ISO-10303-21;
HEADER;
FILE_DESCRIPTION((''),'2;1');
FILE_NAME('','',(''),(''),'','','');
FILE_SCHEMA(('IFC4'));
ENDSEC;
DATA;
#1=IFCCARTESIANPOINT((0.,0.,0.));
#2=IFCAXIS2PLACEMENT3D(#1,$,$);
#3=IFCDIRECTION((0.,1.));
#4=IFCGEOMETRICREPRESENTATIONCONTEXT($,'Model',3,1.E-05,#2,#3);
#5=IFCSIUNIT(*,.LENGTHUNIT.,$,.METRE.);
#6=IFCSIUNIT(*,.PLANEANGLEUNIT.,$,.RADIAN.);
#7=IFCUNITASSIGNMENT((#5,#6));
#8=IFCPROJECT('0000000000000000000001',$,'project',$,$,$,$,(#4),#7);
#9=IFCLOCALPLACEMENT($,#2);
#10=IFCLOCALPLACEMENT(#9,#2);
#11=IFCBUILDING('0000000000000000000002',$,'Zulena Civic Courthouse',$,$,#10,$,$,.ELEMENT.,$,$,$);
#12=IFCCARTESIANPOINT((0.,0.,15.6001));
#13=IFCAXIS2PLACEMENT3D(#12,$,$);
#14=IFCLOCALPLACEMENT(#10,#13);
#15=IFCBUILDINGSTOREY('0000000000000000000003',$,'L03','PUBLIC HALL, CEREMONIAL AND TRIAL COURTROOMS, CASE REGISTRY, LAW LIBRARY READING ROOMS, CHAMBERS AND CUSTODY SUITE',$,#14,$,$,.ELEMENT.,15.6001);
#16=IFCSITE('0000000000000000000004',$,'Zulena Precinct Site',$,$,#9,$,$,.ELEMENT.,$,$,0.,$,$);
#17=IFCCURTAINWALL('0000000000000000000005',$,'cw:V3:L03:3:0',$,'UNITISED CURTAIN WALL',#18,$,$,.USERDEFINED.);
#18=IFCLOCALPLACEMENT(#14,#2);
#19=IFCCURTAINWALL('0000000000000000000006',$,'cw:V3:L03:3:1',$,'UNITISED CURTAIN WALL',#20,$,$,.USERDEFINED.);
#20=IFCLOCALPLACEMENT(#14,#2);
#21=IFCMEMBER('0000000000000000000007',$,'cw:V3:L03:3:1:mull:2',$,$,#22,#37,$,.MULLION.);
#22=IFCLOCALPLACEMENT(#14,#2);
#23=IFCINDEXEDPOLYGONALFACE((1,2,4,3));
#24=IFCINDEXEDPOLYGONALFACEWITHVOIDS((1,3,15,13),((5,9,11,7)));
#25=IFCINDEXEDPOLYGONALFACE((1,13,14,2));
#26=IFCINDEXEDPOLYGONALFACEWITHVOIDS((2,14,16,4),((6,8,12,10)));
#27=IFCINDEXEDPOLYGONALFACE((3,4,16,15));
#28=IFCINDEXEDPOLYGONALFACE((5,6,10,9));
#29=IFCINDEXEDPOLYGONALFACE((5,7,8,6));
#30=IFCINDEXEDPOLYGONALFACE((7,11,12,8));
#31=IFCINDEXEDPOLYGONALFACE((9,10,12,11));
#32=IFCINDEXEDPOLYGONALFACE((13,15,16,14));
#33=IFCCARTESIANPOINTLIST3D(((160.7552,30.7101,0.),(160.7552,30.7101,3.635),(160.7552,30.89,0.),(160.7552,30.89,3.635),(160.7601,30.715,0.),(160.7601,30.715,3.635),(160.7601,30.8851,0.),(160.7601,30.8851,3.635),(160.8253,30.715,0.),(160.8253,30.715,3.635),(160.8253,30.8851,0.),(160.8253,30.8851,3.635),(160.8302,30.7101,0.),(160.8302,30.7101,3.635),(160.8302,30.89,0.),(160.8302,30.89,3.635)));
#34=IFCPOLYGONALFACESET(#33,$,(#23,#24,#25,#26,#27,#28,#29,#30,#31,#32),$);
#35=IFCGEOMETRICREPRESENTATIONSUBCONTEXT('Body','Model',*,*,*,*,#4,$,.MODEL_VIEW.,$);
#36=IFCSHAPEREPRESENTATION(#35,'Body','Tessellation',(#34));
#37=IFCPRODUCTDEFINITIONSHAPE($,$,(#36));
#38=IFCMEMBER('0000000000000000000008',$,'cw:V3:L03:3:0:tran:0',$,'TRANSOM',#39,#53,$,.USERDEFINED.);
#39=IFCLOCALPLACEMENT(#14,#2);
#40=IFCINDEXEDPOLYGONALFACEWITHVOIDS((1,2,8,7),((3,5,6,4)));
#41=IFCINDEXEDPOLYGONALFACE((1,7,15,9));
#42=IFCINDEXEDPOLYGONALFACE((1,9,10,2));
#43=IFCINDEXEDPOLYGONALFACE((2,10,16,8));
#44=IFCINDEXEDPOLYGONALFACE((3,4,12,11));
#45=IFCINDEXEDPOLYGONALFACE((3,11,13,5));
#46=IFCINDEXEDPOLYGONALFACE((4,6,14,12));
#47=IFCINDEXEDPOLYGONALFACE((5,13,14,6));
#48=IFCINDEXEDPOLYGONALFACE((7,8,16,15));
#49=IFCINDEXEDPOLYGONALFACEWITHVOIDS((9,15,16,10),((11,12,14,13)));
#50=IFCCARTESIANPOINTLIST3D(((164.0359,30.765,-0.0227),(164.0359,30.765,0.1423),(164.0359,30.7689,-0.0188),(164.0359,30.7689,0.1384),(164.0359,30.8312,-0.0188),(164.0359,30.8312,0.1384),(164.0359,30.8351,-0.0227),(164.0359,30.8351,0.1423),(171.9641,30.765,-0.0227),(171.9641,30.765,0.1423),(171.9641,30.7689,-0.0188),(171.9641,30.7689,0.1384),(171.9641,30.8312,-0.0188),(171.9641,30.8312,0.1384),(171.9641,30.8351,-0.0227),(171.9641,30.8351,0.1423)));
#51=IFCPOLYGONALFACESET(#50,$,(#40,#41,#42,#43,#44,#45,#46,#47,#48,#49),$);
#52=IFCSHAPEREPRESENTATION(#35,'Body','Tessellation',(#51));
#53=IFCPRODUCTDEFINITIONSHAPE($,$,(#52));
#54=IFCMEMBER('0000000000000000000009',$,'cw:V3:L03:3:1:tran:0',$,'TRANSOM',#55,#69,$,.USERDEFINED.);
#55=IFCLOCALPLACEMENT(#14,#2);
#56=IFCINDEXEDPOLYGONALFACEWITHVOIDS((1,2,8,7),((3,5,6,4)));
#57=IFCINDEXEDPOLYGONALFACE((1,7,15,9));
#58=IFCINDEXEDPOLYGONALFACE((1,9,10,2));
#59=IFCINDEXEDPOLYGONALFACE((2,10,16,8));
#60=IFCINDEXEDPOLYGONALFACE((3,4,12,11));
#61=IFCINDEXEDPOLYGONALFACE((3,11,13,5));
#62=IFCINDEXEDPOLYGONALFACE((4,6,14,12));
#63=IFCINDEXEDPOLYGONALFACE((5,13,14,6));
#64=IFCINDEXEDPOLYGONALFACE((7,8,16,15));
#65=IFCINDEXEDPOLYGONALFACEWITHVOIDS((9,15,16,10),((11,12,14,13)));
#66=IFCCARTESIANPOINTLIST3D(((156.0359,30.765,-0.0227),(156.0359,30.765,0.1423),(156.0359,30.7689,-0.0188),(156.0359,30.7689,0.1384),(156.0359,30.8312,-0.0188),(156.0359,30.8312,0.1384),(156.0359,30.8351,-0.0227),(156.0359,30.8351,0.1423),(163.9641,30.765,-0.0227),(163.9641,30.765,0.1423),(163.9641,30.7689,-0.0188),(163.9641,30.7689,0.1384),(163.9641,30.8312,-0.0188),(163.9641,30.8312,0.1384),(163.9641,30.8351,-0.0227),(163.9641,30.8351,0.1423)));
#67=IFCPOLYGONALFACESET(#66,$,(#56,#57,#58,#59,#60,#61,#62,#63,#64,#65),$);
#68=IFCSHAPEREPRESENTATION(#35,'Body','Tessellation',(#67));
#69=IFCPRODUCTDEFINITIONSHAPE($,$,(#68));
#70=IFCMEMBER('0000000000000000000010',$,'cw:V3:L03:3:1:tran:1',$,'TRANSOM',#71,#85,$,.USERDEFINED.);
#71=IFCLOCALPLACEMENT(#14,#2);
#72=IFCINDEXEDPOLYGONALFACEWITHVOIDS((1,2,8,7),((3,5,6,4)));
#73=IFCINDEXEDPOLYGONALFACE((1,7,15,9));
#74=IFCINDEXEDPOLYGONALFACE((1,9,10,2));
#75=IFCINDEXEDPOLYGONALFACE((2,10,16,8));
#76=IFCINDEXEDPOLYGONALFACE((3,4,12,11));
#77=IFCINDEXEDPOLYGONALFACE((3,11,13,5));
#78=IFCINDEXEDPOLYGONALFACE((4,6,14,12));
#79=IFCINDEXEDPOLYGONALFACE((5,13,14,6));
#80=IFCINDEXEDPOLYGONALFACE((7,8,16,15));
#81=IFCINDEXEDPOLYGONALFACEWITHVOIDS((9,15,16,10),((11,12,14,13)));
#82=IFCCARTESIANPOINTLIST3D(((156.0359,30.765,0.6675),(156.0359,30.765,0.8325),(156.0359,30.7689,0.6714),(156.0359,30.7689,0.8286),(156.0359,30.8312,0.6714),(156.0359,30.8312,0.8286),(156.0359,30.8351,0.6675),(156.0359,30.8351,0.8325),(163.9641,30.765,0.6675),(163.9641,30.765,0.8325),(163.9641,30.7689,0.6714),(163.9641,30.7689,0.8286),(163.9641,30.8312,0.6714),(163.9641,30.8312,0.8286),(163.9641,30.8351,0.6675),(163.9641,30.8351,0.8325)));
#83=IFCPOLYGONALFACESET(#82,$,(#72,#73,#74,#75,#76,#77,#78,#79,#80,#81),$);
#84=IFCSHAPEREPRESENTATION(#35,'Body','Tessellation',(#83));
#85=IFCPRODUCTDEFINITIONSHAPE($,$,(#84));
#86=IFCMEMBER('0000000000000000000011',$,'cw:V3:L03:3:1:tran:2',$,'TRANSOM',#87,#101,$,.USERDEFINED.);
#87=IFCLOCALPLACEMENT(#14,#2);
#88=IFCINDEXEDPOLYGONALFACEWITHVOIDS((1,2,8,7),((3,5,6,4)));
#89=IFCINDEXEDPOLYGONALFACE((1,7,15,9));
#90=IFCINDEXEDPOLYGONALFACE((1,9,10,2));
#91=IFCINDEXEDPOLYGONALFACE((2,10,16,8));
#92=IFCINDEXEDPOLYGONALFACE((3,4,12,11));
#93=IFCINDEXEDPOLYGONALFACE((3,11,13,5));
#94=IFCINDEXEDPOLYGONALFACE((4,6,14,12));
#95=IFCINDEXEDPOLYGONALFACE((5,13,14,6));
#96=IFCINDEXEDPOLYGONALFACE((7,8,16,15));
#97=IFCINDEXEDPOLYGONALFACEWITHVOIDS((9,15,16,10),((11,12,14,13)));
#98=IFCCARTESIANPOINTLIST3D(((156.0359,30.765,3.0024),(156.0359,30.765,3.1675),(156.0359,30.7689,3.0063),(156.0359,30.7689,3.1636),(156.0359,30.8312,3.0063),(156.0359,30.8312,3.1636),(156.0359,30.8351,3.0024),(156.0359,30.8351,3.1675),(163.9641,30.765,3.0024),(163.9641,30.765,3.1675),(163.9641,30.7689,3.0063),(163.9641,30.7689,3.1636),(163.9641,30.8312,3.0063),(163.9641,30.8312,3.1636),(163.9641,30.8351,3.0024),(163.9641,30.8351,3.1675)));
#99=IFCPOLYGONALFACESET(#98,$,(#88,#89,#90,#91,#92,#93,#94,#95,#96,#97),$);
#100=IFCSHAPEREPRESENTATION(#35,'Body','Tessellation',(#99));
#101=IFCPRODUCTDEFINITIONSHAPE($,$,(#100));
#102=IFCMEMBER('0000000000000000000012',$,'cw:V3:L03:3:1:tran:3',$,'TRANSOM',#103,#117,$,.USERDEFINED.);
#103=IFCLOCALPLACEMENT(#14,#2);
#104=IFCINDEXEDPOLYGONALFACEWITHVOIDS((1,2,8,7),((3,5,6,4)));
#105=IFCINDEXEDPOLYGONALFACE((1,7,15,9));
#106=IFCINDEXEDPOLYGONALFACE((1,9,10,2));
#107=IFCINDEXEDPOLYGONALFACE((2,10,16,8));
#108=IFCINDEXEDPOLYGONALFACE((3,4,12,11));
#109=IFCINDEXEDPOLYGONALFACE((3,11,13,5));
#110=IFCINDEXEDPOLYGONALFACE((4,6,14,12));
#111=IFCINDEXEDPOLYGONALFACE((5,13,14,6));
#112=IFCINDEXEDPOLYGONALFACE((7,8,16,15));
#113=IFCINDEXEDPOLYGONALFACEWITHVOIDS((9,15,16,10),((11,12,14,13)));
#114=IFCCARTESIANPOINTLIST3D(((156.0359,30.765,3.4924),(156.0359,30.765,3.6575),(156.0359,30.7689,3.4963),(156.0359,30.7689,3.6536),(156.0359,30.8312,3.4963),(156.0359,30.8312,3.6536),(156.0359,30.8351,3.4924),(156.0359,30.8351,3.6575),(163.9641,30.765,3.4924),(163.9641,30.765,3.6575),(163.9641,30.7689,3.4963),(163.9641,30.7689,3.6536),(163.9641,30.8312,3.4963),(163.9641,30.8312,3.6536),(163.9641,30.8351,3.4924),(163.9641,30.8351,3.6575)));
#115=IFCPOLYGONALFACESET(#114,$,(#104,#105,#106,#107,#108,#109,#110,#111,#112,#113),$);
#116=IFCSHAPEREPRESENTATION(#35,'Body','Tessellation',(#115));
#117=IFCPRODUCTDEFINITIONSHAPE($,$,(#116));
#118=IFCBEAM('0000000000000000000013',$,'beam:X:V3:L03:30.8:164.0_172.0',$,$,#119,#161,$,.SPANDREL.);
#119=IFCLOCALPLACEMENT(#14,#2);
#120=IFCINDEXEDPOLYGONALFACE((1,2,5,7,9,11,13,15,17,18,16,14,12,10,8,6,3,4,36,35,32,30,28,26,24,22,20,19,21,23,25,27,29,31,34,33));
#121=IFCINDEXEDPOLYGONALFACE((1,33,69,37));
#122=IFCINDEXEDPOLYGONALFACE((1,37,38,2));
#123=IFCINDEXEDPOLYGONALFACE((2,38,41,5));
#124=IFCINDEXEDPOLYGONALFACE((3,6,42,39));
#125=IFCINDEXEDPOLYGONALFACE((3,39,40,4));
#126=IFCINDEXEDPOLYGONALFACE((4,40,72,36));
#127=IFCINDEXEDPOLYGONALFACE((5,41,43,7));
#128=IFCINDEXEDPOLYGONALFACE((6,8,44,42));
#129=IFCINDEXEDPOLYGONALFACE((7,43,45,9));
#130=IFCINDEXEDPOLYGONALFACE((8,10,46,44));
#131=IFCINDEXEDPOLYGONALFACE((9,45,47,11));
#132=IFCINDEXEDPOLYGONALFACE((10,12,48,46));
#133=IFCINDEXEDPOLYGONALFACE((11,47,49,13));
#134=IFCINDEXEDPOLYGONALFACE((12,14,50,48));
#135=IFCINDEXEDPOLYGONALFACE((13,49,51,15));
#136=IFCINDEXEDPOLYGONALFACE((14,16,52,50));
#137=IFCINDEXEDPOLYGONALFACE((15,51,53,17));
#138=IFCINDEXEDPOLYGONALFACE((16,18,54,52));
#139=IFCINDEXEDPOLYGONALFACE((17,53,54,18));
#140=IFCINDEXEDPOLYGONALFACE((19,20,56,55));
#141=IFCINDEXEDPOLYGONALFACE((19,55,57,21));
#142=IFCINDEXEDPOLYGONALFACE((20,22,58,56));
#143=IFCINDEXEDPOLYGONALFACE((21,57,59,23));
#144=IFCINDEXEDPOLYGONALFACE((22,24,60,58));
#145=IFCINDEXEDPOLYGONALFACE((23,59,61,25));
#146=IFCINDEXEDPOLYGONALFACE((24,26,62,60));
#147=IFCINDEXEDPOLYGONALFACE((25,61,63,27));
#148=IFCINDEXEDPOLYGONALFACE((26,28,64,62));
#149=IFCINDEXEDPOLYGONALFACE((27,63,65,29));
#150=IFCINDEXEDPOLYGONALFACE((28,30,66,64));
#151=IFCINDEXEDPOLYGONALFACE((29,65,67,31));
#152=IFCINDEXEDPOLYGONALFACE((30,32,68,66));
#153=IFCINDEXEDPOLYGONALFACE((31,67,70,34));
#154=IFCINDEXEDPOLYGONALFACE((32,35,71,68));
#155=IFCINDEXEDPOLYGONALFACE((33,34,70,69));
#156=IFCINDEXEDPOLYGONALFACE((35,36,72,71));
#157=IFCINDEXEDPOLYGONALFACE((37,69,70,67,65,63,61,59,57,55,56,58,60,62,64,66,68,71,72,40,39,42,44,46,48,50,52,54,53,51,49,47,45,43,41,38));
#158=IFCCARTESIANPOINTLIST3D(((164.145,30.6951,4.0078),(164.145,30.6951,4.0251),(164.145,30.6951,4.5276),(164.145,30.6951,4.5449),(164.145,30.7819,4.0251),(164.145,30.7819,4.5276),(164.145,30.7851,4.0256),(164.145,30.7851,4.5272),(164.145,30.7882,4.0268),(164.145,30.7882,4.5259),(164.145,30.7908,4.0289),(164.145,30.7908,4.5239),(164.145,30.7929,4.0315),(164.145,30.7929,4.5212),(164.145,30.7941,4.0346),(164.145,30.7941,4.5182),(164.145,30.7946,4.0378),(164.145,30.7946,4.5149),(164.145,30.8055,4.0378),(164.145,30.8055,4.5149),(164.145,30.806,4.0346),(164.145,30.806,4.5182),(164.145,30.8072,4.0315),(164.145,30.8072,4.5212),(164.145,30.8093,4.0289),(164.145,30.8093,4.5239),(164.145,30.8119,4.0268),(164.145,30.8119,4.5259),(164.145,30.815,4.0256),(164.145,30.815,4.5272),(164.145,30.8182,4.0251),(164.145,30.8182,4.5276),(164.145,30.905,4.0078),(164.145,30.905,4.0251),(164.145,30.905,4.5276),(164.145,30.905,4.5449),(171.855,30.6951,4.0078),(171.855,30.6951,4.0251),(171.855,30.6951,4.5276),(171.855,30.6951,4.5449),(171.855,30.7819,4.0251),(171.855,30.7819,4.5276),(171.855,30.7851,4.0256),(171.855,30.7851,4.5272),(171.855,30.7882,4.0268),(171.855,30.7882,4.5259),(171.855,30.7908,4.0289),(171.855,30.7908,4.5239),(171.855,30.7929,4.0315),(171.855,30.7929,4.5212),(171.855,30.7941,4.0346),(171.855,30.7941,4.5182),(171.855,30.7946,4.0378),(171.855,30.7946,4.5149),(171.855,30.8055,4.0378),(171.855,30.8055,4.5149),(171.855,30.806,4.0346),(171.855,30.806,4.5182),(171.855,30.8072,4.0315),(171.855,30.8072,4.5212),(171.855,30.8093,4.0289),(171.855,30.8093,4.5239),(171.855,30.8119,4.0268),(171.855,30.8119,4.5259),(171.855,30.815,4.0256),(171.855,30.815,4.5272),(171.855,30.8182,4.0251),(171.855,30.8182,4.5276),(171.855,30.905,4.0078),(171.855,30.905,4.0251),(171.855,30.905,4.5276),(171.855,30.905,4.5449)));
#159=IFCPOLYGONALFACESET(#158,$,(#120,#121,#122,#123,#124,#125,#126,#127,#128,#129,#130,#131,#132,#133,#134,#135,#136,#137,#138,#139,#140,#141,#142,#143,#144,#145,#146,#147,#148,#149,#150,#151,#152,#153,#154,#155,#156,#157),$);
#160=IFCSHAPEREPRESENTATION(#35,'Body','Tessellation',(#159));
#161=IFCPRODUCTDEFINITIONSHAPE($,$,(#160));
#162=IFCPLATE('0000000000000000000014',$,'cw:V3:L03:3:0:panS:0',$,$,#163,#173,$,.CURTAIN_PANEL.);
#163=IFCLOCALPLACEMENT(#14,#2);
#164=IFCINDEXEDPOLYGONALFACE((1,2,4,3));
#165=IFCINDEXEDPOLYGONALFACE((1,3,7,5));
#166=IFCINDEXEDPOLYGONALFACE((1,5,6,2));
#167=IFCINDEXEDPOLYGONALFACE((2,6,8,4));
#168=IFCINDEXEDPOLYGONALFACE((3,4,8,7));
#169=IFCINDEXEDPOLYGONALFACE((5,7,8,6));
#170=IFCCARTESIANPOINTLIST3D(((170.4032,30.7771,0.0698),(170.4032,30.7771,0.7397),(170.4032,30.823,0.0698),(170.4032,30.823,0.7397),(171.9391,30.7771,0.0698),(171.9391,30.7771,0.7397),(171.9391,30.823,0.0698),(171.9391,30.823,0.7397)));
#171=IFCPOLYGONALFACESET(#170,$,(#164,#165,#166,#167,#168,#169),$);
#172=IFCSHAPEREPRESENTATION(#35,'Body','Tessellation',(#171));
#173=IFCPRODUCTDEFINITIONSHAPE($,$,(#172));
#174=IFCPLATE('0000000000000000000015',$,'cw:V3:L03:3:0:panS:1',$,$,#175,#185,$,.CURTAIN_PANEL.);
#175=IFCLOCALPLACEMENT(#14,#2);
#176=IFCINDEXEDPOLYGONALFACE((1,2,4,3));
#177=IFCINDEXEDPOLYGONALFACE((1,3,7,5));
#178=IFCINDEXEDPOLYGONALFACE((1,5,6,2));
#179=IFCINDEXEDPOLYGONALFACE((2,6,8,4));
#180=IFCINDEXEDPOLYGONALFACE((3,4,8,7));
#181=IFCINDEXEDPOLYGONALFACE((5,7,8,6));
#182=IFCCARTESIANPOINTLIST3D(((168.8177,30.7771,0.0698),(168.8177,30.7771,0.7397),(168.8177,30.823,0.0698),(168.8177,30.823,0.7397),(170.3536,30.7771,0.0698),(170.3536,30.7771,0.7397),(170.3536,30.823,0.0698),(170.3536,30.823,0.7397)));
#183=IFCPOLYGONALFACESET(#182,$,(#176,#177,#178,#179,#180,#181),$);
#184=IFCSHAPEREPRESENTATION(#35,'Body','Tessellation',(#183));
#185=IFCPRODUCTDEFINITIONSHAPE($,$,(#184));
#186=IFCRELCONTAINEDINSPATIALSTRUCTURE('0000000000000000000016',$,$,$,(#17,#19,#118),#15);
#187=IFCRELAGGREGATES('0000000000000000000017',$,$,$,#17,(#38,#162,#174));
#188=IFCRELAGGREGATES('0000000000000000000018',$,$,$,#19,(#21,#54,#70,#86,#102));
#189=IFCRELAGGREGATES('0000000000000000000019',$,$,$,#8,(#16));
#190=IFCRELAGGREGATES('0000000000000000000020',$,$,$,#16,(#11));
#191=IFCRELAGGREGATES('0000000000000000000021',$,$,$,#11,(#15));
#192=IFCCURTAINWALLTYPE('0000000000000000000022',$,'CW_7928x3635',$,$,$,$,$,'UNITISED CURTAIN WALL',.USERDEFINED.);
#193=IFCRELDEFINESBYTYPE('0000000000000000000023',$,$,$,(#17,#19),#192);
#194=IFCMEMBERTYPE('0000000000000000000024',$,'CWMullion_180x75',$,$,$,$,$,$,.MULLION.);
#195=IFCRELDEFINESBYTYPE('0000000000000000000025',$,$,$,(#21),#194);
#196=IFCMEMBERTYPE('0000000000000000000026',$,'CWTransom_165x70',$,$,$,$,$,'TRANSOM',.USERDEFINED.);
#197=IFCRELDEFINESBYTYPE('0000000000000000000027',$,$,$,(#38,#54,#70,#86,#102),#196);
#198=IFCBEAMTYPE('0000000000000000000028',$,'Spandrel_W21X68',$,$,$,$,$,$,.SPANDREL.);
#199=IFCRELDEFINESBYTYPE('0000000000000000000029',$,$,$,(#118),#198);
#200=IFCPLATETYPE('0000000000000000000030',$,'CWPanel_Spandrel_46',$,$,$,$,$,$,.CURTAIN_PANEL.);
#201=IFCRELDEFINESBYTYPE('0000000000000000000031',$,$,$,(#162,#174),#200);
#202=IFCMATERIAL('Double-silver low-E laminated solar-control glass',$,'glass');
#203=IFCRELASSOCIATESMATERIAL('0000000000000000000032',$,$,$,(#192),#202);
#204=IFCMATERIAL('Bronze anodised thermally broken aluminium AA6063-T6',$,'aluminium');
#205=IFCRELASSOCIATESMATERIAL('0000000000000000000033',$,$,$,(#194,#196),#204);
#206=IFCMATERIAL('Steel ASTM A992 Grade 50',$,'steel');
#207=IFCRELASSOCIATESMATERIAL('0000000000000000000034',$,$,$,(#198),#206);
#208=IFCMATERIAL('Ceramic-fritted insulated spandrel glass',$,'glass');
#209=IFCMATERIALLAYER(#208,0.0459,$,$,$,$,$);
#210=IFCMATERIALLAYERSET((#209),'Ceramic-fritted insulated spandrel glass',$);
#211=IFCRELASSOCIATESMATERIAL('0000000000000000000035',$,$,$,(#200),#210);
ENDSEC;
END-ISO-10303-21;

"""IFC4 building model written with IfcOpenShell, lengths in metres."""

from ifc_helpers import new_model, si_unit, direction, frame, origin, origin_2d, place, context, subcontext, project, spatial, rectangle, hollow_rectangle, i_section, extrude, material, layer, layer_set, material_profile, profile_set, type_object, element, aggregate, save


model = new_model("IFC4")

# Units and contexts
model_context = context("Model", 3, precision=1e-05, world=origin(), true_north=direction((0.0, 1.0)))
body_context = subcontext(model_context, "Body", "Model", "MODEL_VIEW")
ifc_project = project(units=[si_unit("LENGTHUNIT", "METRE"), si_unit("PLANEANGLEUNIT", "RADIAN")], contexts=[model_context])

# Site, building, storey
site_placement = place(None, origin())
site = spatial("IfcSite", under=ifc_project, at=site_placement, Name="Zulena Precinct Site", CompositionType="ELEMENT", RefElevation=0.0)
building_placement = place(site_placement, origin())
building = spatial("IfcBuilding", under=site, at=building_placement, Name="Zulena Civic Courthouse", CompositionType="ELEMENT")
storey_placement = place(building_placement, frame((0.0, 0.0, 15.6001)))
storey = spatial("IfcBuildingStorey", under=building, at=storey_placement, Name="L03", Description="PUBLIC HALL, CEREMONIAL AND TRIAL COURTROOMS, CASE REGISTRY, LAW LIBRARY READING ROOMS, CHAMBERS AND CUSTODY SUITE", CompositionType="ELEMENT", Elevation=15.6001)

# Shared definitions
ifc_material_1 = material(Name="Steel ASTM A992 Grade 50", Category="steel")

# Curtain walls, member
ifc_material_2 = material(Name="Double-silver low-E laminated solar-control glass", Category="glass")
curtain_wall_type = type_object("IfcCurtainWallType", Name="CW_7928x3635", ElementType="UNITISED CURTAIN WALL", PredefinedType="USERDEFINED", material=ifc_material_2)
curtain_wall_1_placement = place(storey_placement, origin())
curtain_wall_1 = element("IfcCurtainWall", 1, at=curtain_wall_1_placement, inside=storey, type_object=curtain_wall_type, Name="cw:V3:L03:3:0", ObjectType="UNITISED CURTAIN WALL", PredefinedType="USERDEFINED")
ifc_material_3 = material(Name="Bronze anodised thermally broken aluminium AA6063-T6", Category="aluminium")
ifc_material_profile_1 = material_profile(ifc_material_3, hollow_rectangle(XDim=0.075, YDim=0.1799, WallThickness=0.0049, at=origin_2d()), Name="CWM180X75X5")
ifc_profile_set_1 = profile_set([ifc_material_profile_1], Name="Bronze anodised thermally broken aluminium AA6063-T6")
member_type_1 = type_object("IfcMemberType", Name="CWMullion_180x75", PredefinedType="MULLION", material=ifc_profile_set_1)
curtain_wall_2_placement = place(storey_placement, origin())
curtain_wall_2 = element("IfcCurtainWall", 2, at=curtain_wall_2_placement, inside=storey, type_object=curtain_wall_type, Name="cw:V3:L03:3:1", ObjectType="UNITISED CURTAIN WALL", PredefinedType="USERDEFINED")
member_1_placement = place(storey_placement, frame((160.7927, 30.8, 0.0), z_axis=(0.0, 0.0, 1.0), x_axis=(1.0, 0.0, 0.0)))
member_1 = element("IfcMember", 3, at=member_1_placement, type_object=member_type_1, Name="cw:V3:L03:3:1:mull:2", PredefinedType="MULLION", context=body_context, shape_type="SweptSolid", body=[
    extrude(hollow_rectangle(XDim=0.075, YDim=0.1799, WallThickness=0.0049, at=origin_2d()), origin(), (0.0, 0.0, 1.0), 3.635),
])

# Members
ifc_material_profile_2 = material_profile(ifc_material_3, hollow_rectangle(XDim=0.0701, YDim=0.165, WallThickness=0.0039, at=origin_2d()), Name="CWT165X70X4")
ifc_profile_set_2 = profile_set([ifc_material_profile_2], Name="Bronze anodised thermally broken aluminium AA6063-T6")
member_type_2 = type_object("IfcMemberType", Name="CWTransom_165x70", ElementType="TRANSOM", PredefinedType="USERDEFINED", material=ifc_profile_set_2)
member_2_placement = place(storey_placement, frame((171.9641, 30.8, 0.0598), z_axis=(-1.0, 0.0, 0.0), x_axis=(0.0, -1.0, 0.0)))
member_2 = element("IfcMember", 4, at=member_2_placement, type_object=member_type_2, Name="cw:V3:L03:3:0:tran:0", ObjectType="TRANSOM", PredefinedType="USERDEFINED", context=body_context, shape_type="SweptSolid", body=[
    extrude(hollow_rectangle(XDim=0.0701, YDim=0.165, WallThickness=0.0039, at=origin_2d()), origin(), (0.0, 0.0, 1.0), 7.9282),
])
member_3_placement = place(storey_placement, frame((163.9641, 30.8, 0.0598), z_axis=(-1.0, 0.0, 0.0), x_axis=(0.0, -1.0, 0.0)))
member_3 = element("IfcMember", 5, at=member_3_placement, type_object=member_type_2, Name="cw:V3:L03:3:1:tran:0", ObjectType="TRANSOM", PredefinedType="USERDEFINED", context=body_context, shape_type="SweptSolid", body=[
    extrude(hollow_rectangle(XDim=0.0701, YDim=0.165, WallThickness=0.0039, at=origin_2d()), origin(), (0.0, 0.0, 1.0), 7.9282),
])
member_4_placement = place(storey_placement, frame((163.9641, 30.8, 0.75), z_axis=(-1.0, 0.0, 0.0), x_axis=(0.0, -1.0, 0.0)))
member_4 = element("IfcMember", 6, at=member_4_placement, type_object=member_type_2, Name="cw:V3:L03:3:1:tran:1", ObjectType="TRANSOM", PredefinedType="USERDEFINED", context=body_context, shape_type="SweptSolid", body=[
    extrude(hollow_rectangle(XDim=0.0701, YDim=0.165, WallThickness=0.0039, at=origin_2d()), origin(), (0.0, 0.0, 1.0), 7.9282),
])
member_5_placement = place(storey_placement, frame((163.9641, 30.8, 3.085), z_axis=(-1.0, 0.0, 0.0), x_axis=(0.0, -1.0, 0.0)))
member_5 = element("IfcMember", 7, at=member_5_placement, type_object=member_type_2, Name="cw:V3:L03:3:1:tran:2", ObjectType="TRANSOM", PredefinedType="USERDEFINED", context=body_context, shape_type="SweptSolid", body=[
    extrude(hollow_rectangle(XDim=0.0701, YDim=0.165, WallThickness=0.0039, at=origin_2d()), origin(), (0.0, 0.0, 1.0), 7.9282),
])
member_6_placement = place(storey_placement, frame((163.9641, 30.8, 3.575), z_axis=(-1.0, 0.0, 0.0), x_axis=(0.0, -1.0, 0.0)))
member_6 = element("IfcMember", 8, at=member_6_placement, type_object=member_type_2, Name="cw:V3:L03:3:1:tran:3", ObjectType="TRANSOM", PredefinedType="USERDEFINED", context=body_context, shape_type="SweptSolid", body=[
    extrude(hollow_rectangle(XDim=0.0701, YDim=0.165, WallThickness=0.0039, at=origin_2d()), origin(), (0.0, 0.0, 1.0), 7.9282),
])

# Beam
ifc_material_profile_3 = material_profile(ifc_material_1, i_section(OverallWidth=0.21, OverallDepth=0.5371, WebThickness=0.011, FlangeThickness=0.0173, FilletRadius=0.0127, at=origin_2d()), Name="W21X68")
ifc_profile_set_3 = profile_set([ifc_material_profile_3], Name="Steel ASTM A992 Grade 50")
beam_type = type_object("IfcBeamType", Name="Spandrel_W21X68", PredefinedType="SPANDREL", material=ifc_profile_set_3)
beam_placement = place(storey_placement, frame((164.145, 30.8, 4.2764), z_axis=(1.0, 0.0, 0.0), x_axis=(0.0, 1.0, 0.0)))
element("IfcBeam", 9, at=beam_placement, inside=storey, type_object=beam_type, Name="beam:X:V3:L03:30.8:164.0_172.0", PredefinedType="SPANDREL", context=body_context, shape_type="SweptSolid", body=[
    extrude(i_section(OverallWidth=0.21, OverallDepth=0.5371, WebThickness=0.011, FlangeThickness=0.0173, FilletRadius=0.0127, at=origin_2d()), origin(), (0.0, 0.0, 1.0), 7.71),
])

# Plates
ifc_material_4 = material(Name="Ceramic-fritted insulated spandrel glass", Category="glass")
ifc_layer_1 = layer(ifc_material_4, 0.0459)
ifc_layer_set_1 = layer_set([ifc_layer_1], Name="Ceramic-fritted insulated spandrel glass")
plate_type_1 = type_object("IfcPlateType", Name="CWPanel_Spandrel_46", PredefinedType="CURTAIN_PANEL", material=ifc_layer_set_1)
plate_1_placement = place(storey_placement, frame((171.1711, 30.8, 0.0698), z_axis=(0.0, 0.0, 1.0), x_axis=(-1.0, 0.0, 0.0)))
plate_1 = element("IfcPlate", 10, at=plate_1_placement, type_object=plate_type_1, Name="cw:V3:L03:3:0:panS:0", PredefinedType="CURTAIN_PANEL", context=body_context, shape_type="SweptSolid", body=[
    extrude(rectangle(XDim=1.5359, YDim=0.0459, at=origin_2d()), origin(), (0.0, 0.0, 1.0), 0.6699),
])
plate_2_placement = place(storey_placement, frame((169.5857, 30.8, 0.0698), z_axis=(0.0, 0.0, 1.0), x_axis=(-1.0, 0.0, 0.0)))
plate_2 = element("IfcPlate", 11, at=plate_2_placement, type_object=plate_type_1, Name="cw:V3:L03:3:0:panS:1", PredefinedType="CURTAIN_PANEL", context=body_context, shape_type="SweptSolid", body=[
    extrude(rectangle(XDim=1.5359, YDim=0.0459, at=origin_2d()), origin(), (0.0, 0.0, 1.0), 0.6699),
])
aggregate(curtain_wall_1, [member_2, plate_1, plate_2])
aggregate(curtain_wall_2, [member_1, member_3, member_4, member_5, member_6])

save(model, "model.ifc")
